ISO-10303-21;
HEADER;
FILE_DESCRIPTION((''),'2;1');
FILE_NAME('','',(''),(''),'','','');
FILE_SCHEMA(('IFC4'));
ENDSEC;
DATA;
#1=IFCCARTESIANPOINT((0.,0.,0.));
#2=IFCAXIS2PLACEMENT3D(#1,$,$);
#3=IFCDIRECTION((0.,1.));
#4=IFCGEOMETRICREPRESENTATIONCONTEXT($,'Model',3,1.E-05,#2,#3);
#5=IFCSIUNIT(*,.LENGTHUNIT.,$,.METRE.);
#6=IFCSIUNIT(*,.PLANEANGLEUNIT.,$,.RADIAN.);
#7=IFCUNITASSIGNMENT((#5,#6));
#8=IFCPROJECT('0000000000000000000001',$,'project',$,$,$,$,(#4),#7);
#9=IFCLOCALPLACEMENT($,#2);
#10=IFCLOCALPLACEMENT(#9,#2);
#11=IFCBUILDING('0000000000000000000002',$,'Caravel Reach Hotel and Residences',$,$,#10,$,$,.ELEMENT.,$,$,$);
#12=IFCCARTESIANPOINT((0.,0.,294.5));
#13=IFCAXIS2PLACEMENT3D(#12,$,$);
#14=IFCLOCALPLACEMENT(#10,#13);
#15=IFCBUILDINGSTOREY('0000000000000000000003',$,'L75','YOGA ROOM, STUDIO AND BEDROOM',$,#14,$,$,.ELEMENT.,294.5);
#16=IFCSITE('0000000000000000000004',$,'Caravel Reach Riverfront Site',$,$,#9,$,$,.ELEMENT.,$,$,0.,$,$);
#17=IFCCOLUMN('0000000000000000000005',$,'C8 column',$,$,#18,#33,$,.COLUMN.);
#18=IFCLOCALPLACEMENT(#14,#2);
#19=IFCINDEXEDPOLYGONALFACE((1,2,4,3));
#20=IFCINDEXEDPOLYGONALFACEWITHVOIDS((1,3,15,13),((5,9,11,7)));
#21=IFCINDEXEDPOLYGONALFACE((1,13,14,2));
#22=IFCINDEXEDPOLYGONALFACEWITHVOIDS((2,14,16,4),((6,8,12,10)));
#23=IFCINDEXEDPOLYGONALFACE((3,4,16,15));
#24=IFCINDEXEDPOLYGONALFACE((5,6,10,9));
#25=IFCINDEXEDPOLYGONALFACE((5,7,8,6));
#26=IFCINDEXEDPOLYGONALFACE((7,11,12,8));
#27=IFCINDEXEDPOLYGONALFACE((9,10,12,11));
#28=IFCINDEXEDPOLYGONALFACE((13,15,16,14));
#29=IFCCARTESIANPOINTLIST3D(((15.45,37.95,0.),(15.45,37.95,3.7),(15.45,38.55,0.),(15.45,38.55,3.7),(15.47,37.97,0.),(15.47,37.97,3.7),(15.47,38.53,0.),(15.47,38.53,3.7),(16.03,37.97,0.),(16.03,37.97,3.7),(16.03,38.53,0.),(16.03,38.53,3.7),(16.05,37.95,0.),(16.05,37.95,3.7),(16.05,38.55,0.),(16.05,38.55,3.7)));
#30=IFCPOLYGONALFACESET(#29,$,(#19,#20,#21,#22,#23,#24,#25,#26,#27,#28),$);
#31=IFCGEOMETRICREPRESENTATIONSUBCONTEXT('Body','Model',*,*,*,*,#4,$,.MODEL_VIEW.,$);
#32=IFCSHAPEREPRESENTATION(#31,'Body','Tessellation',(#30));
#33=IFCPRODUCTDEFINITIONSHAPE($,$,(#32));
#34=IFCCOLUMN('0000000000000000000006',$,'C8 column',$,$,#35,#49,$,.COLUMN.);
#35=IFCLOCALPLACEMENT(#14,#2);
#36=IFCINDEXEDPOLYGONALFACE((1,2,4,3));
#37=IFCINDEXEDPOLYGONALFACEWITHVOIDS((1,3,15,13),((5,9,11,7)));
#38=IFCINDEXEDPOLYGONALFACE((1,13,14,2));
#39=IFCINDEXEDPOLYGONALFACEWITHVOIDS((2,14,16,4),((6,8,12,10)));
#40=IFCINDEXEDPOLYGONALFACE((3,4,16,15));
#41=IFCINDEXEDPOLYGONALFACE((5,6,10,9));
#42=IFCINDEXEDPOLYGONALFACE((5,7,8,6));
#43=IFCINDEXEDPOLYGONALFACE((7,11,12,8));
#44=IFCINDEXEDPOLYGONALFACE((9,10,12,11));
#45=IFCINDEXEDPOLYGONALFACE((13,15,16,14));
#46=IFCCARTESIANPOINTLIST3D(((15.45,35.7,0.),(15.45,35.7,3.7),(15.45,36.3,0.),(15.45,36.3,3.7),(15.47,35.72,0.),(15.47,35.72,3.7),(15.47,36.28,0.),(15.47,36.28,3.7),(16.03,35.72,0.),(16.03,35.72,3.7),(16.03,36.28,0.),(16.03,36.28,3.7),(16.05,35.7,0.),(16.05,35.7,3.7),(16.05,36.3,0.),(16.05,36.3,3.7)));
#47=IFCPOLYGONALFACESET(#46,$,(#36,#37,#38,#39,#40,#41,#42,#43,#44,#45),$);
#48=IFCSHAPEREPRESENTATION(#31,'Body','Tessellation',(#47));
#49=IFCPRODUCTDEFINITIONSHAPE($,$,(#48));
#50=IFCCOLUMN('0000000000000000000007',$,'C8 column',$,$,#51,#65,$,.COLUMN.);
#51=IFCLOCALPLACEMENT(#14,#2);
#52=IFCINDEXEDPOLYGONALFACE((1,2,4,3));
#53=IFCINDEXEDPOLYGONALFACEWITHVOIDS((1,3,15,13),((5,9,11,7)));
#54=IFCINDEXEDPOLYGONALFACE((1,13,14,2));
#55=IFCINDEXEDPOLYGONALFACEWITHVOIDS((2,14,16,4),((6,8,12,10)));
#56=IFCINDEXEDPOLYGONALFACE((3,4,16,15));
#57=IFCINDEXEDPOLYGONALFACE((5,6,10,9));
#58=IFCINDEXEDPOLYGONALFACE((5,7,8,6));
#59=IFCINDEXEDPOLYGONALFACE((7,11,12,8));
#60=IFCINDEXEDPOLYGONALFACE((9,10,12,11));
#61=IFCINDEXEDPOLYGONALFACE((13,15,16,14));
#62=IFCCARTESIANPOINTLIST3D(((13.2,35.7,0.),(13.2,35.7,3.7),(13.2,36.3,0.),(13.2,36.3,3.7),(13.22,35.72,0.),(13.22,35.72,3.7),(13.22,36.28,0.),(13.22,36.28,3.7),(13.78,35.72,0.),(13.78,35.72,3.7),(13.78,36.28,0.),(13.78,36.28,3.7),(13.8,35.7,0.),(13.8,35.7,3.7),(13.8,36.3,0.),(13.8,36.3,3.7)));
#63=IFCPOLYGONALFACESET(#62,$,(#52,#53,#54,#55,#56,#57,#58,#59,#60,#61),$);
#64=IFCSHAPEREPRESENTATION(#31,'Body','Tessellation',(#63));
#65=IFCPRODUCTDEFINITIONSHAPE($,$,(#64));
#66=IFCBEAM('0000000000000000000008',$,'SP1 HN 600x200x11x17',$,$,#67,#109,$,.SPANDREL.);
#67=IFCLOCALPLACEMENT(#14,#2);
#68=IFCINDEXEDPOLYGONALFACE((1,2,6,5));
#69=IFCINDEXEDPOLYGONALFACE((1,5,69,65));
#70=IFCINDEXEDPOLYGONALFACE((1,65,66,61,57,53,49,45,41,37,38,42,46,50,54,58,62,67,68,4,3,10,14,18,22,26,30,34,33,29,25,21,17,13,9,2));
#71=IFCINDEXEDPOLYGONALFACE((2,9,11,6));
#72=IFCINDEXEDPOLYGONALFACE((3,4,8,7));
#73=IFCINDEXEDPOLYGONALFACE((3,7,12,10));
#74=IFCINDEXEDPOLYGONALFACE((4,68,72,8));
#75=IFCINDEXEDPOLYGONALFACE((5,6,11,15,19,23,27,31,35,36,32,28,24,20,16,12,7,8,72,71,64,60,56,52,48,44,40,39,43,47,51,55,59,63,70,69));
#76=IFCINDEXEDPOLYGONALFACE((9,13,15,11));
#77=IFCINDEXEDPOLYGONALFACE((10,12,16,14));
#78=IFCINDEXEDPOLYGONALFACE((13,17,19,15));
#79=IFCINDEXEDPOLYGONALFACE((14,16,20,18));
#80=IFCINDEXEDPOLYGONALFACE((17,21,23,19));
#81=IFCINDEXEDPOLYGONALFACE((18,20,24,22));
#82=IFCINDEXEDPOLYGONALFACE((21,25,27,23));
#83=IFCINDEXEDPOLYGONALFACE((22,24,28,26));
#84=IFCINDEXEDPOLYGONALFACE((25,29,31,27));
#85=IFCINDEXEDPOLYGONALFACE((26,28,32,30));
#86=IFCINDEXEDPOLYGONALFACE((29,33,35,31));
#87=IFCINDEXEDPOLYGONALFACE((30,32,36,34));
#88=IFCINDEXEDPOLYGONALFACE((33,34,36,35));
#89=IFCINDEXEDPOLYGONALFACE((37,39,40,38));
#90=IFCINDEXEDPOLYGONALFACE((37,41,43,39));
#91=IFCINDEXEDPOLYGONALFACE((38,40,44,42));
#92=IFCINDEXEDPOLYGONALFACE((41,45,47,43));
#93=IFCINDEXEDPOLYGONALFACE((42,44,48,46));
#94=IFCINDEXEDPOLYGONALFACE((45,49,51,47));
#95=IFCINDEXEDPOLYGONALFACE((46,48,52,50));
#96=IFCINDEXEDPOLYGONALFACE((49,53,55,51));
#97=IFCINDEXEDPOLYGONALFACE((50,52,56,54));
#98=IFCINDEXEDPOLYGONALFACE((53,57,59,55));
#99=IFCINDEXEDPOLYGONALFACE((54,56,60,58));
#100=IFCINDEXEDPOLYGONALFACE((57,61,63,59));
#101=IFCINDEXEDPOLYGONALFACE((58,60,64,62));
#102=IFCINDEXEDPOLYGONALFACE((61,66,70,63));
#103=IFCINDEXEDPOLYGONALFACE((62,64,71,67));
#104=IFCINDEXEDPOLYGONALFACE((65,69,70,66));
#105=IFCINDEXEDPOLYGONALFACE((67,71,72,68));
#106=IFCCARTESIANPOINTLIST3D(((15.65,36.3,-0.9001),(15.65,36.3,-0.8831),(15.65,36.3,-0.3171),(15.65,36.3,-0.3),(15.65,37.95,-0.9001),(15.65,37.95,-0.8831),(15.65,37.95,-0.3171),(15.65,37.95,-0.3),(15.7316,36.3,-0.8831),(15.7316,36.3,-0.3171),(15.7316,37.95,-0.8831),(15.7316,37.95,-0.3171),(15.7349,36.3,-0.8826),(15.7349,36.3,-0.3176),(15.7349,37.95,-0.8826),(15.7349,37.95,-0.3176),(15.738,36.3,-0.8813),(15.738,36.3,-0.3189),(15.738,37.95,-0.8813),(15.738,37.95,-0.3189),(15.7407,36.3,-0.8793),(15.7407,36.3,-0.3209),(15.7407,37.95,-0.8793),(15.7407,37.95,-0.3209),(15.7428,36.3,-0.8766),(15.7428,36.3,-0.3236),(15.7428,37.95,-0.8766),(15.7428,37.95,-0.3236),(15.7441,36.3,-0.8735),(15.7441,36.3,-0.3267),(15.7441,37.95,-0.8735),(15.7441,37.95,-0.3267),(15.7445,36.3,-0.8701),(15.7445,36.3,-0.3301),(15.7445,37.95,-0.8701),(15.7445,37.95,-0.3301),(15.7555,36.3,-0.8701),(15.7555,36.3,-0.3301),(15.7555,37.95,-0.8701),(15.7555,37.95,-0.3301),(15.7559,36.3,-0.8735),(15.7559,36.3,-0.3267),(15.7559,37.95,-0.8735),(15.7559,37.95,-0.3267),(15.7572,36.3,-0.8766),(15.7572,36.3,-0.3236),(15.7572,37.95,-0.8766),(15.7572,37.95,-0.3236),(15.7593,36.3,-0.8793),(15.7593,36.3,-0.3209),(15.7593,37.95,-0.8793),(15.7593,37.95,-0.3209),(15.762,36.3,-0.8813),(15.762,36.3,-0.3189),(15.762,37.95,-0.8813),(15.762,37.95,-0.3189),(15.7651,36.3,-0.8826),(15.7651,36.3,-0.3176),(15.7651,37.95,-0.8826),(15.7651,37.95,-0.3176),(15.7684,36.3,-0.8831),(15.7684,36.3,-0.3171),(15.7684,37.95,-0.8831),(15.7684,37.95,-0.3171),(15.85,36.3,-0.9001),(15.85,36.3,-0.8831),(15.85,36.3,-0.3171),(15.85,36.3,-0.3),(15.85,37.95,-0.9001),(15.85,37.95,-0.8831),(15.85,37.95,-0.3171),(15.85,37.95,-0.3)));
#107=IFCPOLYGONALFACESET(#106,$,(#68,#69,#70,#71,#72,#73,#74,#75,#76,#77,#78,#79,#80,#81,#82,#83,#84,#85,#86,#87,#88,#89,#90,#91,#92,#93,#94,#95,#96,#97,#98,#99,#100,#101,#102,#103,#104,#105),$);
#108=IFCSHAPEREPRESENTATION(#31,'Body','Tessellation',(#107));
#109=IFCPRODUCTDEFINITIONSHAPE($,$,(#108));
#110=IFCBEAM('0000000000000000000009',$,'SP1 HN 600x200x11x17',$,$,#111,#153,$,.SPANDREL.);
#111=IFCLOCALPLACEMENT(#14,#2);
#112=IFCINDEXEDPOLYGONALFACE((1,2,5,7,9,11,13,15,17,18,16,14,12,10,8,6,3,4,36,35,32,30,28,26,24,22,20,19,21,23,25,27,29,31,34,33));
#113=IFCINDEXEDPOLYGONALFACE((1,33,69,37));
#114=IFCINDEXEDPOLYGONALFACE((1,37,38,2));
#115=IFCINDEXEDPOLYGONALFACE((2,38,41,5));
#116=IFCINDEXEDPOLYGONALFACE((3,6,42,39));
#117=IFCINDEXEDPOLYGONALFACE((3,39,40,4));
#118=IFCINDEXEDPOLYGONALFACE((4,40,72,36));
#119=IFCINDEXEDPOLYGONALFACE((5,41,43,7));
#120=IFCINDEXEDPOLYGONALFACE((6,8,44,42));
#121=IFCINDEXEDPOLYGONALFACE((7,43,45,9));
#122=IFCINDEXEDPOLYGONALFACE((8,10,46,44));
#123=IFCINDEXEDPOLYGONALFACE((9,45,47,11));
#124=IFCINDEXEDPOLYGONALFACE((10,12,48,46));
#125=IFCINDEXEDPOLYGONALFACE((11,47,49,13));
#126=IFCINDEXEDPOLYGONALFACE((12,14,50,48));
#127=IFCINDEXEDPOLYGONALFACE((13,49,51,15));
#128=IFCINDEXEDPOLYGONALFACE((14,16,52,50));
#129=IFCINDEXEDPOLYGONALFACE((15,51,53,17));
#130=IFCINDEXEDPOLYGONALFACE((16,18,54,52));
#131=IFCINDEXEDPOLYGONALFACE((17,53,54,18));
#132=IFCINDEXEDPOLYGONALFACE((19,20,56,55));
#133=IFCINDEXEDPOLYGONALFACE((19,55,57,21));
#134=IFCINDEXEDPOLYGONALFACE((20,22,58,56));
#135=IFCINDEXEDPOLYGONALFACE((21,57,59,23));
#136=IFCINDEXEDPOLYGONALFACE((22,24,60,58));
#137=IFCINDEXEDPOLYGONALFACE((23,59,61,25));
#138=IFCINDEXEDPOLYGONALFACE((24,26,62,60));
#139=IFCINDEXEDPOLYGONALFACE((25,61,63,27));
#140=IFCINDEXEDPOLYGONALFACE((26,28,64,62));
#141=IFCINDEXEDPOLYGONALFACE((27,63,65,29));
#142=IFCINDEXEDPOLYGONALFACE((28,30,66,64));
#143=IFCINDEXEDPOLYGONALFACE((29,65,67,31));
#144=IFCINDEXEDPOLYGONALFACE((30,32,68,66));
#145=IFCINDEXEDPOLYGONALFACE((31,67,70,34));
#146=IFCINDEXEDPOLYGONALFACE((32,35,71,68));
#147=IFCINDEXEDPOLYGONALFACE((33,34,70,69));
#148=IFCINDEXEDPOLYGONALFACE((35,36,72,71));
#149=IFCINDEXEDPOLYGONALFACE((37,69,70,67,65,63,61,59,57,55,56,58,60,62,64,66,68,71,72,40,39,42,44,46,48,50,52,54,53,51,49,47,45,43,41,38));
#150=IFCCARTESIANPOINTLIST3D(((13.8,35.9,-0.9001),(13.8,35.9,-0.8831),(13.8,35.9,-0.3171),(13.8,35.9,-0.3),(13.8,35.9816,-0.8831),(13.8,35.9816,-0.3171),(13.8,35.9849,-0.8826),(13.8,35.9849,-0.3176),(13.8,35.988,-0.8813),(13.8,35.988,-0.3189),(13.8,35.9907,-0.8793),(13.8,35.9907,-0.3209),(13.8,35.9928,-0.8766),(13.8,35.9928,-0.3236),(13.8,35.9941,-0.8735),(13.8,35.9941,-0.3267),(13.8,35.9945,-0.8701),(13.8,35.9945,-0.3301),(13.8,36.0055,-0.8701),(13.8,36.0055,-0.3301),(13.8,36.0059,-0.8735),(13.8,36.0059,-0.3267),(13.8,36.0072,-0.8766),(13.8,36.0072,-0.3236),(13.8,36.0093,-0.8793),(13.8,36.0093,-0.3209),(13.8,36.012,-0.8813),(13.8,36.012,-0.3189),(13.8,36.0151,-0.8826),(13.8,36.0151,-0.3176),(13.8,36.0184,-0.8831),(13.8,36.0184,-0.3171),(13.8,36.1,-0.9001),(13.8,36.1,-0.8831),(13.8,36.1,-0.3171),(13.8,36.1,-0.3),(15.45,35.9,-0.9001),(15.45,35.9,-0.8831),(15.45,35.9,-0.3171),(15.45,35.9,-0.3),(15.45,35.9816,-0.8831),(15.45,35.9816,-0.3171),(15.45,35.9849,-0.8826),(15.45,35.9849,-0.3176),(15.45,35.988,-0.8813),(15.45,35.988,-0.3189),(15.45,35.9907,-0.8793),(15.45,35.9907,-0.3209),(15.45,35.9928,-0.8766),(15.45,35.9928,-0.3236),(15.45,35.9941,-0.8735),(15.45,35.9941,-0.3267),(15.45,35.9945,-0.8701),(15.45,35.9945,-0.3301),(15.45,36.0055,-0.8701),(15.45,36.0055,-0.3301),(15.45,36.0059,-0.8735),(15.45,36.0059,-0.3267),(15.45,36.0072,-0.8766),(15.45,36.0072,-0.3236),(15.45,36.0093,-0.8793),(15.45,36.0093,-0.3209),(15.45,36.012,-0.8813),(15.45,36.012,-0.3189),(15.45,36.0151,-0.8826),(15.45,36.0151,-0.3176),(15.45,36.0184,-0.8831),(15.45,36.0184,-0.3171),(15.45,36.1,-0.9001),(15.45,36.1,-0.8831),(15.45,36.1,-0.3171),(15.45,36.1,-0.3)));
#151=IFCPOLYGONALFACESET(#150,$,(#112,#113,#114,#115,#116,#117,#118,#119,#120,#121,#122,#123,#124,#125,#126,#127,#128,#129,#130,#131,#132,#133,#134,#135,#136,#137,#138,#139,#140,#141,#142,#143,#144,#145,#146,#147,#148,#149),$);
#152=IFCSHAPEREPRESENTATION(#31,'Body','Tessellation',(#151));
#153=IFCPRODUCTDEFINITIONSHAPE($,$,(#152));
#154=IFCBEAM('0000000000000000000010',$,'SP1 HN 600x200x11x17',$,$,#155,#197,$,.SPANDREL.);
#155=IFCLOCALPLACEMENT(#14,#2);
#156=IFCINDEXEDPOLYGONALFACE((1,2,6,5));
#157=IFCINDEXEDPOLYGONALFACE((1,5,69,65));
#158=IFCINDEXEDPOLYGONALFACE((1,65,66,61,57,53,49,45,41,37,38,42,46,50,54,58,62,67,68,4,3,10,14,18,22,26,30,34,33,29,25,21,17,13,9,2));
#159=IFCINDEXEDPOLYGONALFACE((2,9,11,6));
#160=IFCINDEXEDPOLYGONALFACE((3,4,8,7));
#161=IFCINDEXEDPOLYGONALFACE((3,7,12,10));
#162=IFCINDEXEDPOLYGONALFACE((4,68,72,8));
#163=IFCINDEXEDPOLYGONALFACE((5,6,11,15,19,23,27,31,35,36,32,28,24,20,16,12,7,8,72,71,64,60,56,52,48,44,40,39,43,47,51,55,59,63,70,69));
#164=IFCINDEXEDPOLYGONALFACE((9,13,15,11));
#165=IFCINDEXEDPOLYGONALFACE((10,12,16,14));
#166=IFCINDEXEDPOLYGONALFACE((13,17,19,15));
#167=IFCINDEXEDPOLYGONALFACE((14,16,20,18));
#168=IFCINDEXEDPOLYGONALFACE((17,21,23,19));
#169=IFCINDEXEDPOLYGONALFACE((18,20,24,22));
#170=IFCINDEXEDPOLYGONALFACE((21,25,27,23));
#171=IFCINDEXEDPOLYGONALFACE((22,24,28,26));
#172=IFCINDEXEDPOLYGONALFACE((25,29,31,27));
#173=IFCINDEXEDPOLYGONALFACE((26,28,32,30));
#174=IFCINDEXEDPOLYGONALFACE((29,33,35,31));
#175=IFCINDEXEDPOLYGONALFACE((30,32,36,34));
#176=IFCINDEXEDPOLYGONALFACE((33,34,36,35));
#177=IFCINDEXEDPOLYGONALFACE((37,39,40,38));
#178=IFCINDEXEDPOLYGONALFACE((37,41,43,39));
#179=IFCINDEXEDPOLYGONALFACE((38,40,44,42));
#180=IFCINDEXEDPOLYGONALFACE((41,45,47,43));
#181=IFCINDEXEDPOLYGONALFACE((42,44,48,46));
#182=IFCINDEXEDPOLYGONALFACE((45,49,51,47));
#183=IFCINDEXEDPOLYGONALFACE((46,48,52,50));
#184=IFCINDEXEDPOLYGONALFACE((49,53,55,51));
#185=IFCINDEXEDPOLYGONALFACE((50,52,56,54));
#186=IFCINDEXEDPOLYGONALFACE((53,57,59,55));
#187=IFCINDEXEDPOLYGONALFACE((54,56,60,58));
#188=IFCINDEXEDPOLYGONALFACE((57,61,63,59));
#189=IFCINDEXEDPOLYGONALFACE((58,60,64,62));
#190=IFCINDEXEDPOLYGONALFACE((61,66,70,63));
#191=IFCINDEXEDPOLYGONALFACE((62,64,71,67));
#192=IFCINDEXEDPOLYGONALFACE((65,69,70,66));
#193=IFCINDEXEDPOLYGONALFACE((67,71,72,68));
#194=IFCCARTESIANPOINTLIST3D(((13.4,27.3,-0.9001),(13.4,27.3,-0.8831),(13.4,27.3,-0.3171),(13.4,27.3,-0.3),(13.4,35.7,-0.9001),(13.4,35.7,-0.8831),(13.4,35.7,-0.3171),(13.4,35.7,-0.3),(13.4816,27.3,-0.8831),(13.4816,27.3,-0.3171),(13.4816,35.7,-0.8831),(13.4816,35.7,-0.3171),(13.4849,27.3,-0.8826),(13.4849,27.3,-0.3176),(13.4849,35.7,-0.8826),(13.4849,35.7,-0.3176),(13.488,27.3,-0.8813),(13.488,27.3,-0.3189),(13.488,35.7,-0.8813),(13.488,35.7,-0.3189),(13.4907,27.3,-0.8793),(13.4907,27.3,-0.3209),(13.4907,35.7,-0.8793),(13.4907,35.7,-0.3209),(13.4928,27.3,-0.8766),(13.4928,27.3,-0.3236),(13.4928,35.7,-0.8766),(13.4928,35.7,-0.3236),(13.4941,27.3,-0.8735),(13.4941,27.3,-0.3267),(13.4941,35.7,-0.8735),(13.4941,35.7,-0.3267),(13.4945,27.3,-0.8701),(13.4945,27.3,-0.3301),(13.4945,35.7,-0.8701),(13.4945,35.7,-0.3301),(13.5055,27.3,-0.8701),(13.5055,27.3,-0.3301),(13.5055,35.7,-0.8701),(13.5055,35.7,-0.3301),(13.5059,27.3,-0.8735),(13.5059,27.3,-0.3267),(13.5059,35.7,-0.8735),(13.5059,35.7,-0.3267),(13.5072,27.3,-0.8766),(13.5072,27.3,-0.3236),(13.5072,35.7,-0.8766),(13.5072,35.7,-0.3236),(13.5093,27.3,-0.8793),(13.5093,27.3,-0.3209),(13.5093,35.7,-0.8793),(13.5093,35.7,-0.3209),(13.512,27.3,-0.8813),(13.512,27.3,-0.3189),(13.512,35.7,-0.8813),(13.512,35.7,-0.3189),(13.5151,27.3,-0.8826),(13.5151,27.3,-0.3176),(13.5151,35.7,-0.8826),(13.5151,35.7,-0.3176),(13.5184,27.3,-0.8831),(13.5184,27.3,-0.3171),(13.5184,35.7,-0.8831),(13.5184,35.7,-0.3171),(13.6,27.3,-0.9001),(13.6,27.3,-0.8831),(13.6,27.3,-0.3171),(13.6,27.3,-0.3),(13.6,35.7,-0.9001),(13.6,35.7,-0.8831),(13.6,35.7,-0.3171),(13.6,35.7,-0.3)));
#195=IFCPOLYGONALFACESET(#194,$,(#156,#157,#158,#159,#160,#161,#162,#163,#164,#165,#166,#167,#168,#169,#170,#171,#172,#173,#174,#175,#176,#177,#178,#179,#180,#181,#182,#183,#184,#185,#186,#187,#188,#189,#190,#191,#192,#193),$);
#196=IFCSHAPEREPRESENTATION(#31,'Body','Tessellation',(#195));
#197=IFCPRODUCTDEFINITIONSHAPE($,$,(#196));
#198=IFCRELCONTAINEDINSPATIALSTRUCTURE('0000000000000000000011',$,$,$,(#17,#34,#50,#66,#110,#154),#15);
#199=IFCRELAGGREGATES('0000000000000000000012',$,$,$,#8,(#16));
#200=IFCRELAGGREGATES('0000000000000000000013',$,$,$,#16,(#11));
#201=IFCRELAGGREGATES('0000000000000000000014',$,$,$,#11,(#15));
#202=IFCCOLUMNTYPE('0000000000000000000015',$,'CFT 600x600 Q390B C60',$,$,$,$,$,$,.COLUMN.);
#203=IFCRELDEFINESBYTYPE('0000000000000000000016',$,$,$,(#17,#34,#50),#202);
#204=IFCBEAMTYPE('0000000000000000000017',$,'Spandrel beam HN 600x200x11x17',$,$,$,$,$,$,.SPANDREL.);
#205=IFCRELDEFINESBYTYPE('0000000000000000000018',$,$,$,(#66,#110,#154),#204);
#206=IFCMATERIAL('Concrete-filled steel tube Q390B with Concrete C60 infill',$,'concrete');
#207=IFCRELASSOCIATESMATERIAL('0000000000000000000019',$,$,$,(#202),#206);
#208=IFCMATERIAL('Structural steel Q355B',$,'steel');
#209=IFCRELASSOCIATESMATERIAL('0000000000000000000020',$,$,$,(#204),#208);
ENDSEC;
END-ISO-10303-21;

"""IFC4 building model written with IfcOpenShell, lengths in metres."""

from ifc_helpers import new_model, si_unit, direction, frame, origin, origin_2d, place, context, subcontext, project, spatial, hollow_rectangle, i_section, extrude, material, material_profile, profile_set, type_object, element, save


model = new_model("IFC4")

# Units and contexts
model_context = context("Model", 3, precision=1e-05, world=origin(), true_north=direction((0.0, 1.0)))
body_context = subcontext(model_context, "Body", "Model", "MODEL_VIEW")
ifc_project = project(units=[si_unit("LENGTHUNIT", "METRE"), si_unit("PLANEANGLEUNIT", "RADIAN")], contexts=[model_context])

# Site, building, storey
site_placement = place(None, origin())
site = spatial("IfcSite", under=ifc_project, at=site_placement, Name="Caravel Reach Riverfront Site", CompositionType="ELEMENT", RefElevation=0.0)
building_placement = place(site_placement, origin())
building = spatial("IfcBuilding", under=site, at=building_placement, Name="Caravel Reach Hotel and Residences", CompositionType="ELEMENT")
storey_placement = place(building_placement, frame((0.0, 0.0, 294.5)))
storey = spatial("IfcBuildingStorey", under=building, at=storey_placement, Name="L75", Description="YOGA ROOM, STUDIO AND BEDROOM", CompositionType="ELEMENT", Elevation=294.5)

# Columns
ifc_material_1 = material(Name="Concrete-filled steel tube Q390B with Concrete C60 infill", Category="concrete")
ifc_material_profile_1 = material_profile(ifc_material_1, hollow_rectangle(XDim=0.6001, YDim=0.6001, WallThickness=0.02, at=origin_2d()), Name="RHS 600x600x20")
ifc_profile_set_1 = profile_set([ifc_material_profile_1], Name="Concrete-filled steel tube Q390B with Concrete C60 infill")
column_type = type_object("IfcColumnType", Name="CFT 600x600 Q390B C60", PredefinedType="COLUMN", material=ifc_profile_set_1)
for number, where, z_axis, x_axis, name in (
    (1, (15.75, 38.25, 0.0), (0.0, 0.0, 1.0), (1.0, 0.0, 0.0), "C8 column"),
    (2, (15.75, 36.0, 0.0), (0.0, 0.0, 1.0), (1.0, 0.0, 0.0), "C8 column"),
    (3, (13.5, 36.0, 0.0), (0.0, 0.0, 1.0), (1.0, 0.0, 0.0), "C8 column"),
):
    element("IfcColumn", number, at=place(storey_placement, frame(where, z_axis=z_axis, x_axis=x_axis)), inside=storey, type_object=column_type, Name=name, PredefinedType="COLUMN", context=body_context, shape_type="SweptSolid", body=[
        extrude(hollow_rectangle(XDim=0.6001, YDim=0.6001, WallThickness=0.02, at=origin_2d()), origin(), (0.0, 0.0, 1.0), 3.7),
    ])

# Beams
ifc_material_2 = material(Name="Structural steel Q355B", Category="steel")
ifc_material_profile_2 = material_profile(ifc_material_2, i_section(OverallWidth=0.2, OverallDepth=0.6001, WebThickness=0.011, FlangeThickness=0.0171, FilletRadius=0.0129, at=origin_2d()), Name="HN 600x200x11x17")
ifc_profile_set_2 = profile_set([ifc_material_profile_2], Name="Structural steel Q355B")
beam_type = type_object("IfcBeamType", Name="Spandrel beam HN 600x200x11x17", PredefinedType="SPANDREL", material=ifc_profile_set_2)
for number, where, z_axis, x_axis, name in (
    (4, (15.75, 37.95, -0.6001), (0.0, -1.0, 0.0), (1.0, 0.0, 0.0), "SP1 HN 600x200x11x17"),
    (5, (15.45, 36.0, -0.6001), (-1.0, 0.0, 0.0), (0.0, -1.0, 0.0), "SP1 HN 600x200x11x17"),
):
    element("IfcBeam", number, at=place(storey_placement, frame(where, z_axis=z_axis, x_axis=x_axis)), inside=storey, type_object=beam_type, Name=name, PredefinedType="SPANDREL", context=body_context, shape_type="SweptSolid", body=[
        extrude(i_section(OverallWidth=0.2, OverallDepth=0.6001, WebThickness=0.011, FlangeThickness=0.0171, FilletRadius=0.0129, at=origin_2d()), origin(), (0.0, 0.0, 1.0), 1.6499),
    ])
beam_placement = place(storey_placement, frame((13.5, 35.7, -0.6001), z_axis=(0.0, -1.0, 0.0), x_axis=(1.0, 0.0, 0.0)))
element("IfcBeam", 6, at=beam_placement, inside=storey, type_object=beam_type, Name="SP1 HN 600x200x11x17", PredefinedType="SPANDREL", context=body_context, shape_type="SweptSolid", body=[
    extrude(i_section(OverallWidth=0.2, OverallDepth=0.6001, WebThickness=0.011, FlangeThickness=0.0171, FilletRadius=0.0129, at=origin_2d()), origin(), (0.0, 0.0, 1.0), 8.3999),
])

save(model, "model.ifc")
